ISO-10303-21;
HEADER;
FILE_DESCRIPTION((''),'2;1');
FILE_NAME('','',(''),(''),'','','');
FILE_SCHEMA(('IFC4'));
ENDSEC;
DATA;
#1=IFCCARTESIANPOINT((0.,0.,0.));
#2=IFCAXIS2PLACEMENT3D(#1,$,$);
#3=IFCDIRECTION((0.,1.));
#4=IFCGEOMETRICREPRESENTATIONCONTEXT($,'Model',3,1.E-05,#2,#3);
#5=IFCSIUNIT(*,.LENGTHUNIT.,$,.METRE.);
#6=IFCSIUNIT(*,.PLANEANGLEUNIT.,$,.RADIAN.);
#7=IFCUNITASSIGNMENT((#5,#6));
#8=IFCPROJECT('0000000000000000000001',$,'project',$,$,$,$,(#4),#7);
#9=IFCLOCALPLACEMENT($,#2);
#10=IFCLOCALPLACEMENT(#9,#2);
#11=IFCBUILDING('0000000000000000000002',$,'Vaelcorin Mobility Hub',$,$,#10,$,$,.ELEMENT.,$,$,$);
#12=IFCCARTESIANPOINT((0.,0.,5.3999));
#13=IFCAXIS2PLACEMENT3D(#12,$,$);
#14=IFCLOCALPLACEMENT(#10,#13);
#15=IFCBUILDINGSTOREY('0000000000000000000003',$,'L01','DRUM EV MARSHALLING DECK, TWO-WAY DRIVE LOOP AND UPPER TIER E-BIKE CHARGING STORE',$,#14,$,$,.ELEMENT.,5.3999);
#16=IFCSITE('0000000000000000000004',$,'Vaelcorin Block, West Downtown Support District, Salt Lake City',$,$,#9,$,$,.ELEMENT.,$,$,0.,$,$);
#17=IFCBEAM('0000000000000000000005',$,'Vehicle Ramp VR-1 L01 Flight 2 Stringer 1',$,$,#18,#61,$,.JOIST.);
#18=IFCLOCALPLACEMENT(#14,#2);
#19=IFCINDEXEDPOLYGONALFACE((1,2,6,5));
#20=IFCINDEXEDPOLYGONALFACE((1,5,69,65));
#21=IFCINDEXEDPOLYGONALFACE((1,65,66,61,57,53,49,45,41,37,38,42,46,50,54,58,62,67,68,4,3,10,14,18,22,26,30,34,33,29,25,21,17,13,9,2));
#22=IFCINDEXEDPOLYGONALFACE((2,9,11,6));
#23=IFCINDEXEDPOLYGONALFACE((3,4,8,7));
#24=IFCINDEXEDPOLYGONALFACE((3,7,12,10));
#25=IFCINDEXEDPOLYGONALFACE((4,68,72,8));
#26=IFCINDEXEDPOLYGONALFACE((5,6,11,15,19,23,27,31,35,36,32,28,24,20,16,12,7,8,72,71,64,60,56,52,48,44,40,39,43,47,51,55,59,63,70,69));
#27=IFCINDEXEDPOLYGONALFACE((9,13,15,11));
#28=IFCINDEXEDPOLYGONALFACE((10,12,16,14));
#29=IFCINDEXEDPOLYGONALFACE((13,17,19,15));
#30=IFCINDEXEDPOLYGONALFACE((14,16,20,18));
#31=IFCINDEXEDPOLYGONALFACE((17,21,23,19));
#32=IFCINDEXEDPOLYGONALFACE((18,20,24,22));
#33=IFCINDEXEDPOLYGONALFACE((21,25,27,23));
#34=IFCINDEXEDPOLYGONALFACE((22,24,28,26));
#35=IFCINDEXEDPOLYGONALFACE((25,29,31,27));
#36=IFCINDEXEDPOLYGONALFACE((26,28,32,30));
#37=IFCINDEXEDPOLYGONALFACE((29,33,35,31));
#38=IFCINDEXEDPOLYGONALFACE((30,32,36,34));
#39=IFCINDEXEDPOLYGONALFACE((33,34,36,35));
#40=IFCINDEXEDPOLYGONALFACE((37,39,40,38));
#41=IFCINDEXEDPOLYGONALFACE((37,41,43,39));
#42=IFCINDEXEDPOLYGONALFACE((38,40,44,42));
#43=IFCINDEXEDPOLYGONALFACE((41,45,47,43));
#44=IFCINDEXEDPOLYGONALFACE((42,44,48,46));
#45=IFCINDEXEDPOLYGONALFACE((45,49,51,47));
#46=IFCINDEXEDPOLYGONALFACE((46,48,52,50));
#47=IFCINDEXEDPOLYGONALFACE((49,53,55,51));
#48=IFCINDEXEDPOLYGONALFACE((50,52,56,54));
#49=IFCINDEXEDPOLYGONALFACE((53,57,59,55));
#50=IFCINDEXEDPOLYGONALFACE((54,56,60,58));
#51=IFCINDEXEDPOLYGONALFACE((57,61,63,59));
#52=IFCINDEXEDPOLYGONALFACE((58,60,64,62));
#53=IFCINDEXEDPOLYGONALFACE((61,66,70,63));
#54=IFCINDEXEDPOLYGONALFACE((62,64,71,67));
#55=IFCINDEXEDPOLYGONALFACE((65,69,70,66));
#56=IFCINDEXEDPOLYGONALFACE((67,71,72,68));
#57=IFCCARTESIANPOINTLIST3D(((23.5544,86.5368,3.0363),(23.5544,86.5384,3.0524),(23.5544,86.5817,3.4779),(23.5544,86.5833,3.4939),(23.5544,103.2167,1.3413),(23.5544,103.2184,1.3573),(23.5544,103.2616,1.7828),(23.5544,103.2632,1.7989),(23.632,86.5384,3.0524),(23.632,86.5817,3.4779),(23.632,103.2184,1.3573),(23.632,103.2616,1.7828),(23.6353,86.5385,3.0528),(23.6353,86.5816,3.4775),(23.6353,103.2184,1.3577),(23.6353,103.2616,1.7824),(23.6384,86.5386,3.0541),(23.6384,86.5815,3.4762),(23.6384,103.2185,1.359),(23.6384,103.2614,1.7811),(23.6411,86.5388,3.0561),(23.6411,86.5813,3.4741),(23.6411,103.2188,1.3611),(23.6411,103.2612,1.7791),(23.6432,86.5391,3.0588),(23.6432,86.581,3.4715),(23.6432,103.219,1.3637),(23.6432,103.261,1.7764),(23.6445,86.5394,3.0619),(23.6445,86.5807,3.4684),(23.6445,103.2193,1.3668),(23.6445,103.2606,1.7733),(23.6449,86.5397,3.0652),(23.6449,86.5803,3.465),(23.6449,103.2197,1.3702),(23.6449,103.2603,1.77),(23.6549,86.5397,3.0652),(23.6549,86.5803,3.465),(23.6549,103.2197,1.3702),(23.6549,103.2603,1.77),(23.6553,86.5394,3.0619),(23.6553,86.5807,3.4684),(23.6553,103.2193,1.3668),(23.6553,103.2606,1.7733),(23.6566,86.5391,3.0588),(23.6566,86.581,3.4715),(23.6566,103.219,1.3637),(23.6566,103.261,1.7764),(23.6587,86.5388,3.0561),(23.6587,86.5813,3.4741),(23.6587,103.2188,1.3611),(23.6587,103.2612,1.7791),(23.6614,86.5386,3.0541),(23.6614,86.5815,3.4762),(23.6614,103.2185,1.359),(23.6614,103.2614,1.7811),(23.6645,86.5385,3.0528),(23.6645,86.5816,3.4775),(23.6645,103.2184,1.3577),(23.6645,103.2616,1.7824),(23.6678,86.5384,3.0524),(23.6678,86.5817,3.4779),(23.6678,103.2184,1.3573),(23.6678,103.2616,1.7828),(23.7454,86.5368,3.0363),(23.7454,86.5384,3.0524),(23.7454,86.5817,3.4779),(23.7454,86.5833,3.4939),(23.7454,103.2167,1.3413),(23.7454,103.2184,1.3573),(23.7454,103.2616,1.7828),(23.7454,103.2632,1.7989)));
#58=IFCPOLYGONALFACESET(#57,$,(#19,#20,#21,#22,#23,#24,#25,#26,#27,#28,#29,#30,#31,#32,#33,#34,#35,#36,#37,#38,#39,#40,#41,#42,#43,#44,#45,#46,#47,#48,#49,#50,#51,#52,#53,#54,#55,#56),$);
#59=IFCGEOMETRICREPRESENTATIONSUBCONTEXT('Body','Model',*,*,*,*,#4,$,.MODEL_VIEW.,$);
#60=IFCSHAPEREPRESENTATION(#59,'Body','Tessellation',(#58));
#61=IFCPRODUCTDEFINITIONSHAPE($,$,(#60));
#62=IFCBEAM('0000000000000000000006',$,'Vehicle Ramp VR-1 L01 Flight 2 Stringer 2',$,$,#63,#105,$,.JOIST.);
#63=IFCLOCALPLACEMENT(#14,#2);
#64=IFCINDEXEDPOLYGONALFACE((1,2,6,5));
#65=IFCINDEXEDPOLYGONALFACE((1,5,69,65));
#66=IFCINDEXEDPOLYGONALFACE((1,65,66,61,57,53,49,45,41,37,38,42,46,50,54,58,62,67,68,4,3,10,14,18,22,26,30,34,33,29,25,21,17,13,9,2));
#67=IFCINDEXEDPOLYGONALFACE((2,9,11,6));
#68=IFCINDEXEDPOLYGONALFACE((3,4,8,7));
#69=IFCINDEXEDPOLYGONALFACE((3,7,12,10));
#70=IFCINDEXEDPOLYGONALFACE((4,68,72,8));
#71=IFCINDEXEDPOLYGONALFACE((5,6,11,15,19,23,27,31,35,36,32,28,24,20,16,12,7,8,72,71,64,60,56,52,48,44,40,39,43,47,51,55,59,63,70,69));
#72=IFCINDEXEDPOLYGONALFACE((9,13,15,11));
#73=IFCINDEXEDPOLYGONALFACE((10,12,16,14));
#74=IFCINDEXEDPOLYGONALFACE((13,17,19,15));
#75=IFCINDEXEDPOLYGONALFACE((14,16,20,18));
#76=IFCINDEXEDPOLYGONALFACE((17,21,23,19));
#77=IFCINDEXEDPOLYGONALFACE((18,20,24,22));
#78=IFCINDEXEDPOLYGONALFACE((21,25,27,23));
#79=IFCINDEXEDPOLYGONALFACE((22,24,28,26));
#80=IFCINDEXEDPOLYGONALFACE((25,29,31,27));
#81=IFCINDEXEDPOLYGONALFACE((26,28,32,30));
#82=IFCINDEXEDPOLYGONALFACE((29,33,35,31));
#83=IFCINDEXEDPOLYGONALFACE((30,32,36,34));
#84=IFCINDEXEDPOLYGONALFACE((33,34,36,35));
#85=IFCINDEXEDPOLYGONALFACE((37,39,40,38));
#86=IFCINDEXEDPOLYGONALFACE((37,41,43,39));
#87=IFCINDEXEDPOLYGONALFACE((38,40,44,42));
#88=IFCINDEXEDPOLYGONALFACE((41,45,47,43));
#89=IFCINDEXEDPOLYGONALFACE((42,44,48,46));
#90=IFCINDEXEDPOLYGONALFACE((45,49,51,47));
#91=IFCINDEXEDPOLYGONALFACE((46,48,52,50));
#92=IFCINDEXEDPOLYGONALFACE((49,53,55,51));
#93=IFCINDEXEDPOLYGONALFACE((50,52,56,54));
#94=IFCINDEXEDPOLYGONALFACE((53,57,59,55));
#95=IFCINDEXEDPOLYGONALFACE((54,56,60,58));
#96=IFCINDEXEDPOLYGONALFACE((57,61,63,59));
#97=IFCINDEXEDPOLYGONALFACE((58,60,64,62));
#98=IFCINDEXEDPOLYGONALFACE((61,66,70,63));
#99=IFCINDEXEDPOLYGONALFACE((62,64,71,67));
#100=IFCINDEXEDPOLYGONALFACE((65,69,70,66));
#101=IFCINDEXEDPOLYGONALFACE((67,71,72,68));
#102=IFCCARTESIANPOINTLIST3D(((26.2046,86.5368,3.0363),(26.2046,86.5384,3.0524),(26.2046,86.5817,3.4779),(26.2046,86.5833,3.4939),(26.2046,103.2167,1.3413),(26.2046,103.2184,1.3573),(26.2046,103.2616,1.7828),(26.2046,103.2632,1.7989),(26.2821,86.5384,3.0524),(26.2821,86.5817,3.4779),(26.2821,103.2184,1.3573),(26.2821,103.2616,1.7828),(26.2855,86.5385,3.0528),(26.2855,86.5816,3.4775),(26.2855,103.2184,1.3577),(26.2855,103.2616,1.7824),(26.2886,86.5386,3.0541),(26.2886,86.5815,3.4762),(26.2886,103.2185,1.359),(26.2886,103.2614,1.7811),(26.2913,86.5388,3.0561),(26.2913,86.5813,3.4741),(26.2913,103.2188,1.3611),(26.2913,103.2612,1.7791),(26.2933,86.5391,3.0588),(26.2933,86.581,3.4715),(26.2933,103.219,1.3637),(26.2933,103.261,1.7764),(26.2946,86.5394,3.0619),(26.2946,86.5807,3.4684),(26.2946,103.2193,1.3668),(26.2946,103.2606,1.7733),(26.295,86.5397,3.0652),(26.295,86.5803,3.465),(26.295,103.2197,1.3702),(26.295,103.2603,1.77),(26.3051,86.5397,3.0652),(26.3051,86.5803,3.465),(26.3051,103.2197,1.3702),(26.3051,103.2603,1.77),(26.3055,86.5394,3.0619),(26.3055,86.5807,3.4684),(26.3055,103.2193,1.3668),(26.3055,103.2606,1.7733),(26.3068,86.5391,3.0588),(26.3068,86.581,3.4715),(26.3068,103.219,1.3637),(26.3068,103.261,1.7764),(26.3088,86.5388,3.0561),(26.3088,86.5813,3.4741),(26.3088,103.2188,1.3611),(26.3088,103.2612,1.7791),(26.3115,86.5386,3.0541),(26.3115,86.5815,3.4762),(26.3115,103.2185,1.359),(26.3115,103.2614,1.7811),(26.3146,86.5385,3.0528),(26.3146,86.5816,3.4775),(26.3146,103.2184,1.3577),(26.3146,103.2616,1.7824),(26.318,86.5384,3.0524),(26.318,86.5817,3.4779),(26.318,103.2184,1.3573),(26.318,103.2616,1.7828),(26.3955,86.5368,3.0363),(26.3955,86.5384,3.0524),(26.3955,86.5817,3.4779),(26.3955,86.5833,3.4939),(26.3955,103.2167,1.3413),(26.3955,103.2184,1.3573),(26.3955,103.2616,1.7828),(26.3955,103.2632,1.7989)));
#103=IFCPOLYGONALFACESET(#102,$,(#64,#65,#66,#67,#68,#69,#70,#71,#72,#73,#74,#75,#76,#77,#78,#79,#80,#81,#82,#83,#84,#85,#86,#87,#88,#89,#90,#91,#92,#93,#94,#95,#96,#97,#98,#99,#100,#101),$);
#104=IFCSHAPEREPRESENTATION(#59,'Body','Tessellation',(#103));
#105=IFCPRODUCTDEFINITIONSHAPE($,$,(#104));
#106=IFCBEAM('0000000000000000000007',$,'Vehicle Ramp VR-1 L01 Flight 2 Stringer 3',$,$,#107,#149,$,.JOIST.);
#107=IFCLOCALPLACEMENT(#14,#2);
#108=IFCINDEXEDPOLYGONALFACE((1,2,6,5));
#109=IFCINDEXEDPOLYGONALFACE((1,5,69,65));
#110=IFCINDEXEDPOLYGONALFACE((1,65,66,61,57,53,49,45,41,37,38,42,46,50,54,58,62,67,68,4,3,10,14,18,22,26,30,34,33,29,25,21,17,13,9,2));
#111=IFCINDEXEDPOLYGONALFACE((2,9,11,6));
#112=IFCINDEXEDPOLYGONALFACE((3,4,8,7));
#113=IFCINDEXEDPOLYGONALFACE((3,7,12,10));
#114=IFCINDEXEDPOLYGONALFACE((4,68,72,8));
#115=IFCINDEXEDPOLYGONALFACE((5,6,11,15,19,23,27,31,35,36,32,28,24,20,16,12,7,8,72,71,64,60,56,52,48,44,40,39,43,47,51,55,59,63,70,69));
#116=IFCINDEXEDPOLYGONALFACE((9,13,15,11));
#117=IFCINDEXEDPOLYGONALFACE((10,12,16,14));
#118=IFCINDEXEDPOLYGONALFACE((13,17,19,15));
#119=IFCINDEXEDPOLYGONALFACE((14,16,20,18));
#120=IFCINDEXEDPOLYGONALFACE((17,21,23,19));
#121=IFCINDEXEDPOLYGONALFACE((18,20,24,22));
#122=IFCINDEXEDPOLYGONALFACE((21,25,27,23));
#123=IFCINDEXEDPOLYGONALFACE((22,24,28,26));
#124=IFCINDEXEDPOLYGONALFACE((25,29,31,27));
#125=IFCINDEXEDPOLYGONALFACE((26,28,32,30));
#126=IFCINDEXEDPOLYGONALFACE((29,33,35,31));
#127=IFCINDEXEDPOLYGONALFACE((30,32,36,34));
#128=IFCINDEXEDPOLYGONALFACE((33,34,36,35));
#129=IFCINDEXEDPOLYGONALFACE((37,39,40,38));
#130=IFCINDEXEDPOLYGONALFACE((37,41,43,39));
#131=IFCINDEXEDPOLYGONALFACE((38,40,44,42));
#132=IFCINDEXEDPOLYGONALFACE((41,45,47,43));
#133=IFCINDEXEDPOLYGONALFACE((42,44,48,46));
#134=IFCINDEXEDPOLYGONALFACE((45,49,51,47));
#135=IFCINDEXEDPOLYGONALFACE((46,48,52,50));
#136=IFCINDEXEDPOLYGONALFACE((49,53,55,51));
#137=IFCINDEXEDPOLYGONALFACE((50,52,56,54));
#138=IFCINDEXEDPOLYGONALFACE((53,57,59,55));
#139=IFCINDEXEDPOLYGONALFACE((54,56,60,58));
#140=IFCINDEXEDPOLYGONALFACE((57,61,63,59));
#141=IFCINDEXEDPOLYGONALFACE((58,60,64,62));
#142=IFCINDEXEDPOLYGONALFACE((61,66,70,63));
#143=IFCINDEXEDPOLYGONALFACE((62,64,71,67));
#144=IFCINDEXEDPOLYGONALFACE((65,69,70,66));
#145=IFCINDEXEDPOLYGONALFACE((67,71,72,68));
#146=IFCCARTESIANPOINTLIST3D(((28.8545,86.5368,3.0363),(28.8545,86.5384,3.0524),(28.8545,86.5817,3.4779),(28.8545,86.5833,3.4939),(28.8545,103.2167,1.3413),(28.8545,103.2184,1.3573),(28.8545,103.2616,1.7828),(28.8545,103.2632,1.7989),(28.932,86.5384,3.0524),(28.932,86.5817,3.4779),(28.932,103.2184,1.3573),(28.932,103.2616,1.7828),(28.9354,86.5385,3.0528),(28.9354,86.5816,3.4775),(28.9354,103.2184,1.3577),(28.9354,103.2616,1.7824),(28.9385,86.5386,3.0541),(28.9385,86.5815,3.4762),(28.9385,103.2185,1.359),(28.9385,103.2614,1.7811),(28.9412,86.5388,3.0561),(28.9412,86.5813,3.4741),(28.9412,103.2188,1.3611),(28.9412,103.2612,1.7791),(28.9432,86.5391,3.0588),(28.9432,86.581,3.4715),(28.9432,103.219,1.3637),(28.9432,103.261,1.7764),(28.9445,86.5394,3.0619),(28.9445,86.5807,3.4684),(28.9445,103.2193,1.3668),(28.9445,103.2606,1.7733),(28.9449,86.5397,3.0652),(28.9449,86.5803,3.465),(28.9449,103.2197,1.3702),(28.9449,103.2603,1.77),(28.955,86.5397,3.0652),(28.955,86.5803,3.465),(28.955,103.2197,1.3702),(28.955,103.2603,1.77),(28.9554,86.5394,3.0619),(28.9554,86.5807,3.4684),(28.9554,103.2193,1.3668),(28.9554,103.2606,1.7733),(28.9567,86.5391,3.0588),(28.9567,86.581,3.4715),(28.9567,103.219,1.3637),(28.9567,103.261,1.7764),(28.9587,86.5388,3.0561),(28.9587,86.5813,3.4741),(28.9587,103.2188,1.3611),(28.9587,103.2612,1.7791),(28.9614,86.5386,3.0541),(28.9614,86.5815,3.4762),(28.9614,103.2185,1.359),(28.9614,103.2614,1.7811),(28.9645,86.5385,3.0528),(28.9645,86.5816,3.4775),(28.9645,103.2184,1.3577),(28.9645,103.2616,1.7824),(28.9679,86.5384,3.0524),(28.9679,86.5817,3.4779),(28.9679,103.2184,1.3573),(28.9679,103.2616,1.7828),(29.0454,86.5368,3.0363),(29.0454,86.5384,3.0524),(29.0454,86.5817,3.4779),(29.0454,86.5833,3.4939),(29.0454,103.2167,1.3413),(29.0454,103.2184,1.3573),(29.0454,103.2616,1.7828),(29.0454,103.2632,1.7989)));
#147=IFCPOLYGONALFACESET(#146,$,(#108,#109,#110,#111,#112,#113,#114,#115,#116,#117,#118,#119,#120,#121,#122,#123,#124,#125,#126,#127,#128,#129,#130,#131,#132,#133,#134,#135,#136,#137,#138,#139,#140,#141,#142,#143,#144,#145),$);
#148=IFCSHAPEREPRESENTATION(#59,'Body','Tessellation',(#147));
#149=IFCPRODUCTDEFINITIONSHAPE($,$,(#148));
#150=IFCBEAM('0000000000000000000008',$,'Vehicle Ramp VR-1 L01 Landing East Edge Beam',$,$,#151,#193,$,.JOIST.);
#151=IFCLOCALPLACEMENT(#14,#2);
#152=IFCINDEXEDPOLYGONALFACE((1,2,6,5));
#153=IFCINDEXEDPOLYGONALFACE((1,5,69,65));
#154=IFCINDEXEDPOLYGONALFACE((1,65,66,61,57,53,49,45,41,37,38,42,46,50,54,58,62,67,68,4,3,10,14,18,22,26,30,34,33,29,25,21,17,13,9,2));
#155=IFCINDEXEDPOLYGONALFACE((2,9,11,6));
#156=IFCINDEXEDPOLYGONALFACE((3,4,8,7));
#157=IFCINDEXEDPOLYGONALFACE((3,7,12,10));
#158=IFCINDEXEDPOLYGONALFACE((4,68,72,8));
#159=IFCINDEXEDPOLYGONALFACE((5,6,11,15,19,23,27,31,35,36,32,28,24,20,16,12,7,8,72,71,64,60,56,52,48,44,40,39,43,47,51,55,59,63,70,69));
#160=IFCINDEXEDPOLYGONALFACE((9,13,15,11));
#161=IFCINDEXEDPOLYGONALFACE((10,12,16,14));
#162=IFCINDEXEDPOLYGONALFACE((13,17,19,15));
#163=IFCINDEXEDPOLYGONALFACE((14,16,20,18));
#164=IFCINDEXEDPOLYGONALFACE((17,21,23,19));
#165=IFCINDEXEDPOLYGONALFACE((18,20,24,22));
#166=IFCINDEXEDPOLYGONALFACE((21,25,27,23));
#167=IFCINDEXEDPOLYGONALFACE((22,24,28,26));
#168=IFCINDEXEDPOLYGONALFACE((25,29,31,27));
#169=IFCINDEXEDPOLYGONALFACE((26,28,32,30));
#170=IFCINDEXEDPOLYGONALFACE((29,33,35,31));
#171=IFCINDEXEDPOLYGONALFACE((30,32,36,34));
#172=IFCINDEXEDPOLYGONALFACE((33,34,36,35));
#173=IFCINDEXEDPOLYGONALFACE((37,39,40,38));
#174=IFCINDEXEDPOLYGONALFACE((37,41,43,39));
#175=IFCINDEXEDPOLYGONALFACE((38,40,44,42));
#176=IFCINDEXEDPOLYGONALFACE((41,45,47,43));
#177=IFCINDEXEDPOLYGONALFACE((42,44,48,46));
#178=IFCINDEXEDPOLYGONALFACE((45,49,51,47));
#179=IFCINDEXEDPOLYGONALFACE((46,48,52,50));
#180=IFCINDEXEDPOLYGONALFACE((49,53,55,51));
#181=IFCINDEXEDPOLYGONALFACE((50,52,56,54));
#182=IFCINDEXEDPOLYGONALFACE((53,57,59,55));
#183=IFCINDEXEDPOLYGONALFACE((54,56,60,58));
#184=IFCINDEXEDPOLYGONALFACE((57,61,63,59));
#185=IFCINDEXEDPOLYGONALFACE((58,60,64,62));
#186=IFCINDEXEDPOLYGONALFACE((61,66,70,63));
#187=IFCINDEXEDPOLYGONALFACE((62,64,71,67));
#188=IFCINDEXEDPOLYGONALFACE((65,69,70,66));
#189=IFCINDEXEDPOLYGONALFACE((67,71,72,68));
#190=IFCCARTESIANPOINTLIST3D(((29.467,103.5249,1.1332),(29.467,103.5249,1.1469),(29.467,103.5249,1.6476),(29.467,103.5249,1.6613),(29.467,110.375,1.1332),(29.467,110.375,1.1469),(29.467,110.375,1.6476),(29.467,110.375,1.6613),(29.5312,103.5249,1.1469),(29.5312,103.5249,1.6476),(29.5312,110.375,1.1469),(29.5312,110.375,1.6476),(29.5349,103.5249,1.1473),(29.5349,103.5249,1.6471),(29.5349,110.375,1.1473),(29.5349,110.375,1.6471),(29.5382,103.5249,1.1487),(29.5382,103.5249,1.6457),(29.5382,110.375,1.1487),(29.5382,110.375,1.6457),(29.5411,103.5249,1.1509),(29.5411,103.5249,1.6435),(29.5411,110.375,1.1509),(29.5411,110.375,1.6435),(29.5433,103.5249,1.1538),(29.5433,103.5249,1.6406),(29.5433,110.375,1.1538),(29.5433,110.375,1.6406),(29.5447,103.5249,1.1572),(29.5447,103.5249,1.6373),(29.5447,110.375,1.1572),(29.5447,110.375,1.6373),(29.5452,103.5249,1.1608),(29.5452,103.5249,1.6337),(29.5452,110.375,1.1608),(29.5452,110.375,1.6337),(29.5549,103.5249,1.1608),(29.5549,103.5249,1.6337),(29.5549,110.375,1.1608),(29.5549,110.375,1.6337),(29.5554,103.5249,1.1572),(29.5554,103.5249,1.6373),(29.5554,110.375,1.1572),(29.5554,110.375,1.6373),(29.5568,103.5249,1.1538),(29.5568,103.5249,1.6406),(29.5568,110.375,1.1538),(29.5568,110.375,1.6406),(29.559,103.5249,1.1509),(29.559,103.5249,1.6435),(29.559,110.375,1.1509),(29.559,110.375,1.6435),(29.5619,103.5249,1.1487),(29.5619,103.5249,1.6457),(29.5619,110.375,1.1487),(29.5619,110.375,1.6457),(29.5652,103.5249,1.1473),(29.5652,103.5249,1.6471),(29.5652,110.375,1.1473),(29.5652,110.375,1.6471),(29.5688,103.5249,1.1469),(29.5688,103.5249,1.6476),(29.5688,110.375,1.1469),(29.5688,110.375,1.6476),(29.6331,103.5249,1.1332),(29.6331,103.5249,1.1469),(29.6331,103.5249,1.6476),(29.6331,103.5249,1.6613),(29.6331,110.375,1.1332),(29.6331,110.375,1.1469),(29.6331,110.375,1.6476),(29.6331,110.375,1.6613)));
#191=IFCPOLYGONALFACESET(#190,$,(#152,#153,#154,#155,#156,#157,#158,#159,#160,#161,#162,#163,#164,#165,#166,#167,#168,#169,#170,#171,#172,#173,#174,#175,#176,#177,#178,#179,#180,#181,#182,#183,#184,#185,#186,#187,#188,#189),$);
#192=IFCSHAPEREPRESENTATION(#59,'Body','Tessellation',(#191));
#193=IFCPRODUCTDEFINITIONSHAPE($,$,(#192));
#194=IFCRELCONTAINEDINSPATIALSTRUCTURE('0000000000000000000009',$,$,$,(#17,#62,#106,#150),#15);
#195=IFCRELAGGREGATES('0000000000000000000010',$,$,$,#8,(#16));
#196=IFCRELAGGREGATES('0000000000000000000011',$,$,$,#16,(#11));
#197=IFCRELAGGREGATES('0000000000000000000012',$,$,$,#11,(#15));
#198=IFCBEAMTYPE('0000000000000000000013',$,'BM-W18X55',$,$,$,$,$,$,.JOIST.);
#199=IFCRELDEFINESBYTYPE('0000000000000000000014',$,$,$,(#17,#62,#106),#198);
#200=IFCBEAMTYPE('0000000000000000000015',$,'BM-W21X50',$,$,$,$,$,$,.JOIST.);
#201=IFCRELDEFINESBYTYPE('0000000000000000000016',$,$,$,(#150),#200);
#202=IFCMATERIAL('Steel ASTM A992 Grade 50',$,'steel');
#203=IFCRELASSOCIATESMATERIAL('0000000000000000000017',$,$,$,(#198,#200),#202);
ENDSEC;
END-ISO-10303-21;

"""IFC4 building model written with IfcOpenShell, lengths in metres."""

from ifc_helpers import new_model, si_unit, direction, frame, origin, origin_2d, place, context, subcontext, project, spatial, i_section, extrude, material, material_profile, profile_set, type_object, element, save


model = new_model("IFC4")

# Units and contexts
model_context = context("Model", 3, precision=1e-05, world=origin(), true_north=direction((0.0, 1.0)))
body_context = subcontext(model_context, "Body", "Model", "MODEL_VIEW")
ifc_project = project(units=[si_unit("LENGTHUNIT", "METRE"), si_unit("PLANEANGLEUNIT", "RADIAN")], contexts=[model_context])

# Site, building, storey
site_placement = place(None, origin())
site = spatial("IfcSite", under=ifc_project, at=site_placement, Name="Vaelcorin Block, West Downtown Support District, Salt Lake City", CompositionType="ELEMENT", RefElevation=0.0)
building_placement = place(site_placement, origin())
building = spatial("IfcBuilding", under=site, at=building_placement, Name="Vaelcorin Mobility Hub", CompositionType="ELEMENT")
storey_placement = place(building_placement, frame((0.0, 0.0, 5.3999)))
storey = spatial("IfcBuildingStorey", under=building, at=storey_placement, Name="L01", Description="DRUM EV MARSHALLING DECK, TWO-WAY DRIVE LOOP AND UPPER TIER E-BIKE CHARGING STORE", CompositionType="ELEMENT", Elevation=5.3999)

# Shared definitions
ifc_material_1 = material(Name="Steel ASTM A992 Grade 50", Category="steel")

# Beams
ifc_material_profile_1 = material_profile(ifc_material_1, i_section(OverallWidth=0.1909, OverallDepth=0.46, WebThickness=0.01, FlangeThickness=0.0161, FilletRadius=0.0129, at=origin_2d()), Name="W18X55")
ifc_profile_set_1 = profile_set([ifc_material_profile_1], Name="Steel ASTM A992 Grade 50")
beam_type_1 = type_object("IfcBeamType", Name="BM-W18X55", PredefinedType="JOIST", material=ifc_profile_set_1)
for number, where, z_axis, x_axis, name in (
    (1, (23.6499, 103.24, 1.5701), (0.0, -0.994876, 0.101103), (1.0, 0.0, 0.0), "Vehicle Ramp VR-1 L01 Flight 2 Stringer 1"),
    (2, (26.3, 103.24, 1.5701), (0.0, -0.994876, 0.101103), (1.0, 0.0, 0.0), "Vehicle Ramp VR-1 L01 Flight 2 Stringer 2"),
    (3, (28.95, 103.24, 1.5701), (0.0, -0.994876, 0.101103), (1.0, 0.0, 0.0), "Vehicle Ramp VR-1 L01 Flight 2 Stringer 3"),
):
    element("IfcBeam", number, at=place(storey_placement, frame(where, z_axis=z_axis, x_axis=x_axis)), inside=storey, type_object=beam_type_1, Name=name, PredefinedType="JOIST", context=body_context, shape_type="SweptSolid", body=[
        extrude(i_section(OverallWidth=0.1909, OverallDepth=0.46, WebThickness=0.01, FlangeThickness=0.0161, FilletRadius=0.0129, at=origin_2d()), origin(), (0.0, 0.0, 1.0), 16.7659),
    ])
ifc_material_profile_2 = material_profile(ifc_material_1, i_section(OverallWidth=0.166, OverallDepth=0.5281, WebThickness=0.0098, FlangeThickness=0.0137, FilletRadius=0.0139, at=origin_2d()), Name="W21X50")
ifc_profile_set_2 = profile_set([ifc_material_profile_2], Name="Steel ASTM A992 Grade 50")
beam_type_2 = type_object("IfcBeamType", Name="BM-W21X50", PredefinedType="JOIST", material=ifc_profile_set_2)
beam_1_placement = place(storey_placement, frame((29.55, 103.5249, 1.3972), z_axis=(0.0, 1.0, 0.0), x_axis=(-1.0, 0.0, 0.0)))
element("IfcBeam", 4, at=beam_1_placement, inside=storey, type_object=beam_type_2, Name="Vehicle Ramp VR-1 L01 Landing East Edge Beam", PredefinedType="JOIST", context=body_context, shape_type="SweptSolid", body=[
    extrude(i_section(OverallWidth=0.166, OverallDepth=0.5281, WebThickness=0.0098, FlangeThickness=0.0137, FilletRadius=0.0139, at=origin_2d()), origin(), (0.0, 0.0, 1.0), 6.8501),
])

save(model, "model.ifc")
